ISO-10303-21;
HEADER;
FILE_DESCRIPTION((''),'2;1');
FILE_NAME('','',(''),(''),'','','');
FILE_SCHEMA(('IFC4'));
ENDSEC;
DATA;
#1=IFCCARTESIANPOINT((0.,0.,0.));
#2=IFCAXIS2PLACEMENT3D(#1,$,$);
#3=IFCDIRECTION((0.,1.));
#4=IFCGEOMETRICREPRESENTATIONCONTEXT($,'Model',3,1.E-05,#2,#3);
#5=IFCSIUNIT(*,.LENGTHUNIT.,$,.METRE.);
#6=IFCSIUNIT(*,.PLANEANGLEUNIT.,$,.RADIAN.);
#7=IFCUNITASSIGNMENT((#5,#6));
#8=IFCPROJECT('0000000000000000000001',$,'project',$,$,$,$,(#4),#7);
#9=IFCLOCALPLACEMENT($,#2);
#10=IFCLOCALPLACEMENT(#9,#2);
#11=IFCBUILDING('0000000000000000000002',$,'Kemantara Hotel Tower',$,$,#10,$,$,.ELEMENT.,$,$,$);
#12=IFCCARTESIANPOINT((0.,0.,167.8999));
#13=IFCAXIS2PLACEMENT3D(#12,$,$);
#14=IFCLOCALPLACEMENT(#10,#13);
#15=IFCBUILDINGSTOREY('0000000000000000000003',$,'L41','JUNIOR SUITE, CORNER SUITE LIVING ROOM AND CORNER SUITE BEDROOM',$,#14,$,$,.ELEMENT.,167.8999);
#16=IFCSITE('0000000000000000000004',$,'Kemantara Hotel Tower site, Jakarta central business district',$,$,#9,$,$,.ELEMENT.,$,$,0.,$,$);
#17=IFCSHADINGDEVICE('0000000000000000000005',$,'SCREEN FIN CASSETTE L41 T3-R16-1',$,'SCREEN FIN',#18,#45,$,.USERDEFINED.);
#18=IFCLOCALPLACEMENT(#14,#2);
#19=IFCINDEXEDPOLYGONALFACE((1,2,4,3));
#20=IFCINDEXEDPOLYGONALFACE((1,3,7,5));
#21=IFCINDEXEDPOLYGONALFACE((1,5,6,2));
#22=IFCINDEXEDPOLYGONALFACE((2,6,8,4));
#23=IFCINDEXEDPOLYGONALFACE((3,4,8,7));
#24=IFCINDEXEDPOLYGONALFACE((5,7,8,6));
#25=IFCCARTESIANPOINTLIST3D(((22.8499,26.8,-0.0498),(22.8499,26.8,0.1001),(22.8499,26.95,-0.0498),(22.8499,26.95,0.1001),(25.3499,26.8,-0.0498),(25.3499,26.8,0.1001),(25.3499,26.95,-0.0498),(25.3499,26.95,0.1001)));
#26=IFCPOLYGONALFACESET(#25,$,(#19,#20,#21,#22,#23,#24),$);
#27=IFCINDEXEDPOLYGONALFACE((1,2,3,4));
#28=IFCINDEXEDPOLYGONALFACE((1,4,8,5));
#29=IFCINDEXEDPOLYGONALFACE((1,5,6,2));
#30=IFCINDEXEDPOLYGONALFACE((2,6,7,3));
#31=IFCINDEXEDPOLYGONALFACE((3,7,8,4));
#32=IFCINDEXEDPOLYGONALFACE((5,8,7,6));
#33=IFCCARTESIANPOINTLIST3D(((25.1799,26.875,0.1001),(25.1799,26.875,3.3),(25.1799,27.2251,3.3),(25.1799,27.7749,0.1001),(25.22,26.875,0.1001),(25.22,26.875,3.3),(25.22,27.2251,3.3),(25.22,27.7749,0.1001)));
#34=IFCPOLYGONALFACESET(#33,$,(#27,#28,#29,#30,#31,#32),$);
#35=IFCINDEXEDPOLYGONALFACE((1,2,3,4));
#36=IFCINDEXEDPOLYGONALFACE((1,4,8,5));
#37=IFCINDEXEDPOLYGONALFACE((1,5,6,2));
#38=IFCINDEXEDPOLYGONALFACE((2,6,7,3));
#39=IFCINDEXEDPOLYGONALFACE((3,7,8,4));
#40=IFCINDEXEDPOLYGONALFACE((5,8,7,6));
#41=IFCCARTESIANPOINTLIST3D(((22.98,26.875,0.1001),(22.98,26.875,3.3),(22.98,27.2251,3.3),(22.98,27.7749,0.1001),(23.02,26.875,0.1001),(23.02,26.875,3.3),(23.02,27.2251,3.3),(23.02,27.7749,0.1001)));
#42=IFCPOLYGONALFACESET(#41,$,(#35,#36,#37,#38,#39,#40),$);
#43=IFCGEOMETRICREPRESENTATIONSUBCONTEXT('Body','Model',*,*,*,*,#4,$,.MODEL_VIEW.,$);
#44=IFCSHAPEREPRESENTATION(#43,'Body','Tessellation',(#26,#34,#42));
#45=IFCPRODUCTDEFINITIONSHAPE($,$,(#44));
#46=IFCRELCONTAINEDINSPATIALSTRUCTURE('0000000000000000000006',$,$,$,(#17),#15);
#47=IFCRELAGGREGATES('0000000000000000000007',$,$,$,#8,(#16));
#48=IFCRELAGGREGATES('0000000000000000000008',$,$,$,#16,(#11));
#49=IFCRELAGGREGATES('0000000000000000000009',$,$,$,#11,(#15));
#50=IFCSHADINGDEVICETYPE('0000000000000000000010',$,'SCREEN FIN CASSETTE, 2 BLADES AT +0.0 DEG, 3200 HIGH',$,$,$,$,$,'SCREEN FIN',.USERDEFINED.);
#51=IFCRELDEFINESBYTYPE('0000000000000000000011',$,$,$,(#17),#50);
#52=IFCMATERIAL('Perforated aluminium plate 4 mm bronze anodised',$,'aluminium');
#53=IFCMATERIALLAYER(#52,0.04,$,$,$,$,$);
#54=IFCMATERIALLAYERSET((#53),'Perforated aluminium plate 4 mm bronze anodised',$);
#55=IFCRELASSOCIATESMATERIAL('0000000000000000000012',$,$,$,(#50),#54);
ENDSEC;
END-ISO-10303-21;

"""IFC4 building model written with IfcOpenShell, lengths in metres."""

from ifc_helpers import new_model, si_unit, direction, frame, origin, origin_2d, place, context, subcontext, project, spatial, polyline, rectangle, outline, extrude, source, transform, mapped, material, layer, layer_set, type_object, element, save


model = new_model("IFC4")

# Units and contexts
model_context = context("Model", 3, precision=1e-05, world=origin(), true_north=direction((0.0, 1.0)))
body_context = subcontext(model_context, "Body", "Model", "MODEL_VIEW")
ifc_project = project(units=[si_unit("LENGTHUNIT", "METRE"), si_unit("PLANEANGLEUNIT", "RADIAN")], contexts=[model_context])

# Site, building, storey
site_placement = place(None, origin())
site = spatial("IfcSite", under=ifc_project, at=site_placement, Name="Kemantara Hotel Tower site, Jakarta central business district", CompositionType="ELEMENT", RefElevation=0.0)
building_placement = place(site_placement, origin())
building = spatial("IfcBuilding", under=site, at=building_placement, Name="Kemantara Hotel Tower", CompositionType="ELEMENT")
storey_placement = place(building_placement, frame((0.0, 0.0, 167.8999)))
storey = spatial("IfcBuildingStorey", under=building, at=storey_placement, Name="L41", Description="JUNIOR SUITE, CORNER SUITE LIVING ROOM AND CORNER SUITE BEDROOM", CompositionType="ELEMENT", Elevation=167.8999)

# Shading device
ifc_material_1 = material(Name="Perforated aluminium plate 4 mm bronze anodised", Category="aluminium")
ifc_layer_1 = layer(ifc_material_1, 0.04)
ifc_layer_set_1 = layer_set([ifc_layer_1], Name="Perforated aluminium plate 4 mm bronze anodised")
shading_device_type_1 = type_object("IfcShadingDeviceType", Name="SCREEN FIN CASSETTE, 2 BLADES AT +0.0 DEG, 3200 HIGH", ElementType="SCREEN FIN", PredefinedType="USERDEFINED", material=ifc_layer_set_1)
shared_shape_1 = source(origin(), body_context, "Body", "SweptSolid", [
    extrude(rectangle(XDim=2.5, YDim=0.1499, at=origin_2d()), frame((1.1001, -0.075, -0.1499), z_axis=(0.0, 0.0, 1.0), x_axis=(1.0, 0.0, 0.0)), (0.0, 0.0, 1.0), 0.1499),
    extrude(outline(polyline([(0.0, 0.0), (0.8999, 0.0), (0.3501, 3.2), (0.0, 3.2), (0.0, 0.0)])), frame((0.02, -0.075, 0.0), z_axis=(-1.0, 0.0, 0.0), x_axis=(0.0, -1.0, 0.0)), (0.0, 0.0, 1.0), 0.04),
    extrude(outline(polyline([(0.0, 0.0), (0.8999, 0.0), (0.3501, 3.2), (0.0, 3.2), (0.0, 0.0)])), frame((2.22, -0.075, 0.0), z_axis=(-1.0, 0.0, 0.0), x_axis=(0.0, -1.0, 0.0)), (0.0, 0.0, 1.0), 0.04),
])
for number, where, z_axis, x_axis, name in (
    (1, (25.2, 26.8, 0.1001), (0.0, 0.0, 1.0), (-1.0, 0.0, 0.0), "SCREEN FIN CASSETTE L41 T3-R16-1"),
):
    element("IfcShadingDevice", number, at=place(storey_placement, frame(where, z_axis=z_axis, x_axis=x_axis)), inside=storey, type_object=shading_device_type_1, Name=name, ObjectType="SCREEN FIN", PredefinedType="USERDEFINED", context=body_context, shape_type="MappedRepresentation", body=[
        mapped(shared_shape_1, transform((0.0, 0.0, 0.0))),
    ])

save(model, "model.ifc")
